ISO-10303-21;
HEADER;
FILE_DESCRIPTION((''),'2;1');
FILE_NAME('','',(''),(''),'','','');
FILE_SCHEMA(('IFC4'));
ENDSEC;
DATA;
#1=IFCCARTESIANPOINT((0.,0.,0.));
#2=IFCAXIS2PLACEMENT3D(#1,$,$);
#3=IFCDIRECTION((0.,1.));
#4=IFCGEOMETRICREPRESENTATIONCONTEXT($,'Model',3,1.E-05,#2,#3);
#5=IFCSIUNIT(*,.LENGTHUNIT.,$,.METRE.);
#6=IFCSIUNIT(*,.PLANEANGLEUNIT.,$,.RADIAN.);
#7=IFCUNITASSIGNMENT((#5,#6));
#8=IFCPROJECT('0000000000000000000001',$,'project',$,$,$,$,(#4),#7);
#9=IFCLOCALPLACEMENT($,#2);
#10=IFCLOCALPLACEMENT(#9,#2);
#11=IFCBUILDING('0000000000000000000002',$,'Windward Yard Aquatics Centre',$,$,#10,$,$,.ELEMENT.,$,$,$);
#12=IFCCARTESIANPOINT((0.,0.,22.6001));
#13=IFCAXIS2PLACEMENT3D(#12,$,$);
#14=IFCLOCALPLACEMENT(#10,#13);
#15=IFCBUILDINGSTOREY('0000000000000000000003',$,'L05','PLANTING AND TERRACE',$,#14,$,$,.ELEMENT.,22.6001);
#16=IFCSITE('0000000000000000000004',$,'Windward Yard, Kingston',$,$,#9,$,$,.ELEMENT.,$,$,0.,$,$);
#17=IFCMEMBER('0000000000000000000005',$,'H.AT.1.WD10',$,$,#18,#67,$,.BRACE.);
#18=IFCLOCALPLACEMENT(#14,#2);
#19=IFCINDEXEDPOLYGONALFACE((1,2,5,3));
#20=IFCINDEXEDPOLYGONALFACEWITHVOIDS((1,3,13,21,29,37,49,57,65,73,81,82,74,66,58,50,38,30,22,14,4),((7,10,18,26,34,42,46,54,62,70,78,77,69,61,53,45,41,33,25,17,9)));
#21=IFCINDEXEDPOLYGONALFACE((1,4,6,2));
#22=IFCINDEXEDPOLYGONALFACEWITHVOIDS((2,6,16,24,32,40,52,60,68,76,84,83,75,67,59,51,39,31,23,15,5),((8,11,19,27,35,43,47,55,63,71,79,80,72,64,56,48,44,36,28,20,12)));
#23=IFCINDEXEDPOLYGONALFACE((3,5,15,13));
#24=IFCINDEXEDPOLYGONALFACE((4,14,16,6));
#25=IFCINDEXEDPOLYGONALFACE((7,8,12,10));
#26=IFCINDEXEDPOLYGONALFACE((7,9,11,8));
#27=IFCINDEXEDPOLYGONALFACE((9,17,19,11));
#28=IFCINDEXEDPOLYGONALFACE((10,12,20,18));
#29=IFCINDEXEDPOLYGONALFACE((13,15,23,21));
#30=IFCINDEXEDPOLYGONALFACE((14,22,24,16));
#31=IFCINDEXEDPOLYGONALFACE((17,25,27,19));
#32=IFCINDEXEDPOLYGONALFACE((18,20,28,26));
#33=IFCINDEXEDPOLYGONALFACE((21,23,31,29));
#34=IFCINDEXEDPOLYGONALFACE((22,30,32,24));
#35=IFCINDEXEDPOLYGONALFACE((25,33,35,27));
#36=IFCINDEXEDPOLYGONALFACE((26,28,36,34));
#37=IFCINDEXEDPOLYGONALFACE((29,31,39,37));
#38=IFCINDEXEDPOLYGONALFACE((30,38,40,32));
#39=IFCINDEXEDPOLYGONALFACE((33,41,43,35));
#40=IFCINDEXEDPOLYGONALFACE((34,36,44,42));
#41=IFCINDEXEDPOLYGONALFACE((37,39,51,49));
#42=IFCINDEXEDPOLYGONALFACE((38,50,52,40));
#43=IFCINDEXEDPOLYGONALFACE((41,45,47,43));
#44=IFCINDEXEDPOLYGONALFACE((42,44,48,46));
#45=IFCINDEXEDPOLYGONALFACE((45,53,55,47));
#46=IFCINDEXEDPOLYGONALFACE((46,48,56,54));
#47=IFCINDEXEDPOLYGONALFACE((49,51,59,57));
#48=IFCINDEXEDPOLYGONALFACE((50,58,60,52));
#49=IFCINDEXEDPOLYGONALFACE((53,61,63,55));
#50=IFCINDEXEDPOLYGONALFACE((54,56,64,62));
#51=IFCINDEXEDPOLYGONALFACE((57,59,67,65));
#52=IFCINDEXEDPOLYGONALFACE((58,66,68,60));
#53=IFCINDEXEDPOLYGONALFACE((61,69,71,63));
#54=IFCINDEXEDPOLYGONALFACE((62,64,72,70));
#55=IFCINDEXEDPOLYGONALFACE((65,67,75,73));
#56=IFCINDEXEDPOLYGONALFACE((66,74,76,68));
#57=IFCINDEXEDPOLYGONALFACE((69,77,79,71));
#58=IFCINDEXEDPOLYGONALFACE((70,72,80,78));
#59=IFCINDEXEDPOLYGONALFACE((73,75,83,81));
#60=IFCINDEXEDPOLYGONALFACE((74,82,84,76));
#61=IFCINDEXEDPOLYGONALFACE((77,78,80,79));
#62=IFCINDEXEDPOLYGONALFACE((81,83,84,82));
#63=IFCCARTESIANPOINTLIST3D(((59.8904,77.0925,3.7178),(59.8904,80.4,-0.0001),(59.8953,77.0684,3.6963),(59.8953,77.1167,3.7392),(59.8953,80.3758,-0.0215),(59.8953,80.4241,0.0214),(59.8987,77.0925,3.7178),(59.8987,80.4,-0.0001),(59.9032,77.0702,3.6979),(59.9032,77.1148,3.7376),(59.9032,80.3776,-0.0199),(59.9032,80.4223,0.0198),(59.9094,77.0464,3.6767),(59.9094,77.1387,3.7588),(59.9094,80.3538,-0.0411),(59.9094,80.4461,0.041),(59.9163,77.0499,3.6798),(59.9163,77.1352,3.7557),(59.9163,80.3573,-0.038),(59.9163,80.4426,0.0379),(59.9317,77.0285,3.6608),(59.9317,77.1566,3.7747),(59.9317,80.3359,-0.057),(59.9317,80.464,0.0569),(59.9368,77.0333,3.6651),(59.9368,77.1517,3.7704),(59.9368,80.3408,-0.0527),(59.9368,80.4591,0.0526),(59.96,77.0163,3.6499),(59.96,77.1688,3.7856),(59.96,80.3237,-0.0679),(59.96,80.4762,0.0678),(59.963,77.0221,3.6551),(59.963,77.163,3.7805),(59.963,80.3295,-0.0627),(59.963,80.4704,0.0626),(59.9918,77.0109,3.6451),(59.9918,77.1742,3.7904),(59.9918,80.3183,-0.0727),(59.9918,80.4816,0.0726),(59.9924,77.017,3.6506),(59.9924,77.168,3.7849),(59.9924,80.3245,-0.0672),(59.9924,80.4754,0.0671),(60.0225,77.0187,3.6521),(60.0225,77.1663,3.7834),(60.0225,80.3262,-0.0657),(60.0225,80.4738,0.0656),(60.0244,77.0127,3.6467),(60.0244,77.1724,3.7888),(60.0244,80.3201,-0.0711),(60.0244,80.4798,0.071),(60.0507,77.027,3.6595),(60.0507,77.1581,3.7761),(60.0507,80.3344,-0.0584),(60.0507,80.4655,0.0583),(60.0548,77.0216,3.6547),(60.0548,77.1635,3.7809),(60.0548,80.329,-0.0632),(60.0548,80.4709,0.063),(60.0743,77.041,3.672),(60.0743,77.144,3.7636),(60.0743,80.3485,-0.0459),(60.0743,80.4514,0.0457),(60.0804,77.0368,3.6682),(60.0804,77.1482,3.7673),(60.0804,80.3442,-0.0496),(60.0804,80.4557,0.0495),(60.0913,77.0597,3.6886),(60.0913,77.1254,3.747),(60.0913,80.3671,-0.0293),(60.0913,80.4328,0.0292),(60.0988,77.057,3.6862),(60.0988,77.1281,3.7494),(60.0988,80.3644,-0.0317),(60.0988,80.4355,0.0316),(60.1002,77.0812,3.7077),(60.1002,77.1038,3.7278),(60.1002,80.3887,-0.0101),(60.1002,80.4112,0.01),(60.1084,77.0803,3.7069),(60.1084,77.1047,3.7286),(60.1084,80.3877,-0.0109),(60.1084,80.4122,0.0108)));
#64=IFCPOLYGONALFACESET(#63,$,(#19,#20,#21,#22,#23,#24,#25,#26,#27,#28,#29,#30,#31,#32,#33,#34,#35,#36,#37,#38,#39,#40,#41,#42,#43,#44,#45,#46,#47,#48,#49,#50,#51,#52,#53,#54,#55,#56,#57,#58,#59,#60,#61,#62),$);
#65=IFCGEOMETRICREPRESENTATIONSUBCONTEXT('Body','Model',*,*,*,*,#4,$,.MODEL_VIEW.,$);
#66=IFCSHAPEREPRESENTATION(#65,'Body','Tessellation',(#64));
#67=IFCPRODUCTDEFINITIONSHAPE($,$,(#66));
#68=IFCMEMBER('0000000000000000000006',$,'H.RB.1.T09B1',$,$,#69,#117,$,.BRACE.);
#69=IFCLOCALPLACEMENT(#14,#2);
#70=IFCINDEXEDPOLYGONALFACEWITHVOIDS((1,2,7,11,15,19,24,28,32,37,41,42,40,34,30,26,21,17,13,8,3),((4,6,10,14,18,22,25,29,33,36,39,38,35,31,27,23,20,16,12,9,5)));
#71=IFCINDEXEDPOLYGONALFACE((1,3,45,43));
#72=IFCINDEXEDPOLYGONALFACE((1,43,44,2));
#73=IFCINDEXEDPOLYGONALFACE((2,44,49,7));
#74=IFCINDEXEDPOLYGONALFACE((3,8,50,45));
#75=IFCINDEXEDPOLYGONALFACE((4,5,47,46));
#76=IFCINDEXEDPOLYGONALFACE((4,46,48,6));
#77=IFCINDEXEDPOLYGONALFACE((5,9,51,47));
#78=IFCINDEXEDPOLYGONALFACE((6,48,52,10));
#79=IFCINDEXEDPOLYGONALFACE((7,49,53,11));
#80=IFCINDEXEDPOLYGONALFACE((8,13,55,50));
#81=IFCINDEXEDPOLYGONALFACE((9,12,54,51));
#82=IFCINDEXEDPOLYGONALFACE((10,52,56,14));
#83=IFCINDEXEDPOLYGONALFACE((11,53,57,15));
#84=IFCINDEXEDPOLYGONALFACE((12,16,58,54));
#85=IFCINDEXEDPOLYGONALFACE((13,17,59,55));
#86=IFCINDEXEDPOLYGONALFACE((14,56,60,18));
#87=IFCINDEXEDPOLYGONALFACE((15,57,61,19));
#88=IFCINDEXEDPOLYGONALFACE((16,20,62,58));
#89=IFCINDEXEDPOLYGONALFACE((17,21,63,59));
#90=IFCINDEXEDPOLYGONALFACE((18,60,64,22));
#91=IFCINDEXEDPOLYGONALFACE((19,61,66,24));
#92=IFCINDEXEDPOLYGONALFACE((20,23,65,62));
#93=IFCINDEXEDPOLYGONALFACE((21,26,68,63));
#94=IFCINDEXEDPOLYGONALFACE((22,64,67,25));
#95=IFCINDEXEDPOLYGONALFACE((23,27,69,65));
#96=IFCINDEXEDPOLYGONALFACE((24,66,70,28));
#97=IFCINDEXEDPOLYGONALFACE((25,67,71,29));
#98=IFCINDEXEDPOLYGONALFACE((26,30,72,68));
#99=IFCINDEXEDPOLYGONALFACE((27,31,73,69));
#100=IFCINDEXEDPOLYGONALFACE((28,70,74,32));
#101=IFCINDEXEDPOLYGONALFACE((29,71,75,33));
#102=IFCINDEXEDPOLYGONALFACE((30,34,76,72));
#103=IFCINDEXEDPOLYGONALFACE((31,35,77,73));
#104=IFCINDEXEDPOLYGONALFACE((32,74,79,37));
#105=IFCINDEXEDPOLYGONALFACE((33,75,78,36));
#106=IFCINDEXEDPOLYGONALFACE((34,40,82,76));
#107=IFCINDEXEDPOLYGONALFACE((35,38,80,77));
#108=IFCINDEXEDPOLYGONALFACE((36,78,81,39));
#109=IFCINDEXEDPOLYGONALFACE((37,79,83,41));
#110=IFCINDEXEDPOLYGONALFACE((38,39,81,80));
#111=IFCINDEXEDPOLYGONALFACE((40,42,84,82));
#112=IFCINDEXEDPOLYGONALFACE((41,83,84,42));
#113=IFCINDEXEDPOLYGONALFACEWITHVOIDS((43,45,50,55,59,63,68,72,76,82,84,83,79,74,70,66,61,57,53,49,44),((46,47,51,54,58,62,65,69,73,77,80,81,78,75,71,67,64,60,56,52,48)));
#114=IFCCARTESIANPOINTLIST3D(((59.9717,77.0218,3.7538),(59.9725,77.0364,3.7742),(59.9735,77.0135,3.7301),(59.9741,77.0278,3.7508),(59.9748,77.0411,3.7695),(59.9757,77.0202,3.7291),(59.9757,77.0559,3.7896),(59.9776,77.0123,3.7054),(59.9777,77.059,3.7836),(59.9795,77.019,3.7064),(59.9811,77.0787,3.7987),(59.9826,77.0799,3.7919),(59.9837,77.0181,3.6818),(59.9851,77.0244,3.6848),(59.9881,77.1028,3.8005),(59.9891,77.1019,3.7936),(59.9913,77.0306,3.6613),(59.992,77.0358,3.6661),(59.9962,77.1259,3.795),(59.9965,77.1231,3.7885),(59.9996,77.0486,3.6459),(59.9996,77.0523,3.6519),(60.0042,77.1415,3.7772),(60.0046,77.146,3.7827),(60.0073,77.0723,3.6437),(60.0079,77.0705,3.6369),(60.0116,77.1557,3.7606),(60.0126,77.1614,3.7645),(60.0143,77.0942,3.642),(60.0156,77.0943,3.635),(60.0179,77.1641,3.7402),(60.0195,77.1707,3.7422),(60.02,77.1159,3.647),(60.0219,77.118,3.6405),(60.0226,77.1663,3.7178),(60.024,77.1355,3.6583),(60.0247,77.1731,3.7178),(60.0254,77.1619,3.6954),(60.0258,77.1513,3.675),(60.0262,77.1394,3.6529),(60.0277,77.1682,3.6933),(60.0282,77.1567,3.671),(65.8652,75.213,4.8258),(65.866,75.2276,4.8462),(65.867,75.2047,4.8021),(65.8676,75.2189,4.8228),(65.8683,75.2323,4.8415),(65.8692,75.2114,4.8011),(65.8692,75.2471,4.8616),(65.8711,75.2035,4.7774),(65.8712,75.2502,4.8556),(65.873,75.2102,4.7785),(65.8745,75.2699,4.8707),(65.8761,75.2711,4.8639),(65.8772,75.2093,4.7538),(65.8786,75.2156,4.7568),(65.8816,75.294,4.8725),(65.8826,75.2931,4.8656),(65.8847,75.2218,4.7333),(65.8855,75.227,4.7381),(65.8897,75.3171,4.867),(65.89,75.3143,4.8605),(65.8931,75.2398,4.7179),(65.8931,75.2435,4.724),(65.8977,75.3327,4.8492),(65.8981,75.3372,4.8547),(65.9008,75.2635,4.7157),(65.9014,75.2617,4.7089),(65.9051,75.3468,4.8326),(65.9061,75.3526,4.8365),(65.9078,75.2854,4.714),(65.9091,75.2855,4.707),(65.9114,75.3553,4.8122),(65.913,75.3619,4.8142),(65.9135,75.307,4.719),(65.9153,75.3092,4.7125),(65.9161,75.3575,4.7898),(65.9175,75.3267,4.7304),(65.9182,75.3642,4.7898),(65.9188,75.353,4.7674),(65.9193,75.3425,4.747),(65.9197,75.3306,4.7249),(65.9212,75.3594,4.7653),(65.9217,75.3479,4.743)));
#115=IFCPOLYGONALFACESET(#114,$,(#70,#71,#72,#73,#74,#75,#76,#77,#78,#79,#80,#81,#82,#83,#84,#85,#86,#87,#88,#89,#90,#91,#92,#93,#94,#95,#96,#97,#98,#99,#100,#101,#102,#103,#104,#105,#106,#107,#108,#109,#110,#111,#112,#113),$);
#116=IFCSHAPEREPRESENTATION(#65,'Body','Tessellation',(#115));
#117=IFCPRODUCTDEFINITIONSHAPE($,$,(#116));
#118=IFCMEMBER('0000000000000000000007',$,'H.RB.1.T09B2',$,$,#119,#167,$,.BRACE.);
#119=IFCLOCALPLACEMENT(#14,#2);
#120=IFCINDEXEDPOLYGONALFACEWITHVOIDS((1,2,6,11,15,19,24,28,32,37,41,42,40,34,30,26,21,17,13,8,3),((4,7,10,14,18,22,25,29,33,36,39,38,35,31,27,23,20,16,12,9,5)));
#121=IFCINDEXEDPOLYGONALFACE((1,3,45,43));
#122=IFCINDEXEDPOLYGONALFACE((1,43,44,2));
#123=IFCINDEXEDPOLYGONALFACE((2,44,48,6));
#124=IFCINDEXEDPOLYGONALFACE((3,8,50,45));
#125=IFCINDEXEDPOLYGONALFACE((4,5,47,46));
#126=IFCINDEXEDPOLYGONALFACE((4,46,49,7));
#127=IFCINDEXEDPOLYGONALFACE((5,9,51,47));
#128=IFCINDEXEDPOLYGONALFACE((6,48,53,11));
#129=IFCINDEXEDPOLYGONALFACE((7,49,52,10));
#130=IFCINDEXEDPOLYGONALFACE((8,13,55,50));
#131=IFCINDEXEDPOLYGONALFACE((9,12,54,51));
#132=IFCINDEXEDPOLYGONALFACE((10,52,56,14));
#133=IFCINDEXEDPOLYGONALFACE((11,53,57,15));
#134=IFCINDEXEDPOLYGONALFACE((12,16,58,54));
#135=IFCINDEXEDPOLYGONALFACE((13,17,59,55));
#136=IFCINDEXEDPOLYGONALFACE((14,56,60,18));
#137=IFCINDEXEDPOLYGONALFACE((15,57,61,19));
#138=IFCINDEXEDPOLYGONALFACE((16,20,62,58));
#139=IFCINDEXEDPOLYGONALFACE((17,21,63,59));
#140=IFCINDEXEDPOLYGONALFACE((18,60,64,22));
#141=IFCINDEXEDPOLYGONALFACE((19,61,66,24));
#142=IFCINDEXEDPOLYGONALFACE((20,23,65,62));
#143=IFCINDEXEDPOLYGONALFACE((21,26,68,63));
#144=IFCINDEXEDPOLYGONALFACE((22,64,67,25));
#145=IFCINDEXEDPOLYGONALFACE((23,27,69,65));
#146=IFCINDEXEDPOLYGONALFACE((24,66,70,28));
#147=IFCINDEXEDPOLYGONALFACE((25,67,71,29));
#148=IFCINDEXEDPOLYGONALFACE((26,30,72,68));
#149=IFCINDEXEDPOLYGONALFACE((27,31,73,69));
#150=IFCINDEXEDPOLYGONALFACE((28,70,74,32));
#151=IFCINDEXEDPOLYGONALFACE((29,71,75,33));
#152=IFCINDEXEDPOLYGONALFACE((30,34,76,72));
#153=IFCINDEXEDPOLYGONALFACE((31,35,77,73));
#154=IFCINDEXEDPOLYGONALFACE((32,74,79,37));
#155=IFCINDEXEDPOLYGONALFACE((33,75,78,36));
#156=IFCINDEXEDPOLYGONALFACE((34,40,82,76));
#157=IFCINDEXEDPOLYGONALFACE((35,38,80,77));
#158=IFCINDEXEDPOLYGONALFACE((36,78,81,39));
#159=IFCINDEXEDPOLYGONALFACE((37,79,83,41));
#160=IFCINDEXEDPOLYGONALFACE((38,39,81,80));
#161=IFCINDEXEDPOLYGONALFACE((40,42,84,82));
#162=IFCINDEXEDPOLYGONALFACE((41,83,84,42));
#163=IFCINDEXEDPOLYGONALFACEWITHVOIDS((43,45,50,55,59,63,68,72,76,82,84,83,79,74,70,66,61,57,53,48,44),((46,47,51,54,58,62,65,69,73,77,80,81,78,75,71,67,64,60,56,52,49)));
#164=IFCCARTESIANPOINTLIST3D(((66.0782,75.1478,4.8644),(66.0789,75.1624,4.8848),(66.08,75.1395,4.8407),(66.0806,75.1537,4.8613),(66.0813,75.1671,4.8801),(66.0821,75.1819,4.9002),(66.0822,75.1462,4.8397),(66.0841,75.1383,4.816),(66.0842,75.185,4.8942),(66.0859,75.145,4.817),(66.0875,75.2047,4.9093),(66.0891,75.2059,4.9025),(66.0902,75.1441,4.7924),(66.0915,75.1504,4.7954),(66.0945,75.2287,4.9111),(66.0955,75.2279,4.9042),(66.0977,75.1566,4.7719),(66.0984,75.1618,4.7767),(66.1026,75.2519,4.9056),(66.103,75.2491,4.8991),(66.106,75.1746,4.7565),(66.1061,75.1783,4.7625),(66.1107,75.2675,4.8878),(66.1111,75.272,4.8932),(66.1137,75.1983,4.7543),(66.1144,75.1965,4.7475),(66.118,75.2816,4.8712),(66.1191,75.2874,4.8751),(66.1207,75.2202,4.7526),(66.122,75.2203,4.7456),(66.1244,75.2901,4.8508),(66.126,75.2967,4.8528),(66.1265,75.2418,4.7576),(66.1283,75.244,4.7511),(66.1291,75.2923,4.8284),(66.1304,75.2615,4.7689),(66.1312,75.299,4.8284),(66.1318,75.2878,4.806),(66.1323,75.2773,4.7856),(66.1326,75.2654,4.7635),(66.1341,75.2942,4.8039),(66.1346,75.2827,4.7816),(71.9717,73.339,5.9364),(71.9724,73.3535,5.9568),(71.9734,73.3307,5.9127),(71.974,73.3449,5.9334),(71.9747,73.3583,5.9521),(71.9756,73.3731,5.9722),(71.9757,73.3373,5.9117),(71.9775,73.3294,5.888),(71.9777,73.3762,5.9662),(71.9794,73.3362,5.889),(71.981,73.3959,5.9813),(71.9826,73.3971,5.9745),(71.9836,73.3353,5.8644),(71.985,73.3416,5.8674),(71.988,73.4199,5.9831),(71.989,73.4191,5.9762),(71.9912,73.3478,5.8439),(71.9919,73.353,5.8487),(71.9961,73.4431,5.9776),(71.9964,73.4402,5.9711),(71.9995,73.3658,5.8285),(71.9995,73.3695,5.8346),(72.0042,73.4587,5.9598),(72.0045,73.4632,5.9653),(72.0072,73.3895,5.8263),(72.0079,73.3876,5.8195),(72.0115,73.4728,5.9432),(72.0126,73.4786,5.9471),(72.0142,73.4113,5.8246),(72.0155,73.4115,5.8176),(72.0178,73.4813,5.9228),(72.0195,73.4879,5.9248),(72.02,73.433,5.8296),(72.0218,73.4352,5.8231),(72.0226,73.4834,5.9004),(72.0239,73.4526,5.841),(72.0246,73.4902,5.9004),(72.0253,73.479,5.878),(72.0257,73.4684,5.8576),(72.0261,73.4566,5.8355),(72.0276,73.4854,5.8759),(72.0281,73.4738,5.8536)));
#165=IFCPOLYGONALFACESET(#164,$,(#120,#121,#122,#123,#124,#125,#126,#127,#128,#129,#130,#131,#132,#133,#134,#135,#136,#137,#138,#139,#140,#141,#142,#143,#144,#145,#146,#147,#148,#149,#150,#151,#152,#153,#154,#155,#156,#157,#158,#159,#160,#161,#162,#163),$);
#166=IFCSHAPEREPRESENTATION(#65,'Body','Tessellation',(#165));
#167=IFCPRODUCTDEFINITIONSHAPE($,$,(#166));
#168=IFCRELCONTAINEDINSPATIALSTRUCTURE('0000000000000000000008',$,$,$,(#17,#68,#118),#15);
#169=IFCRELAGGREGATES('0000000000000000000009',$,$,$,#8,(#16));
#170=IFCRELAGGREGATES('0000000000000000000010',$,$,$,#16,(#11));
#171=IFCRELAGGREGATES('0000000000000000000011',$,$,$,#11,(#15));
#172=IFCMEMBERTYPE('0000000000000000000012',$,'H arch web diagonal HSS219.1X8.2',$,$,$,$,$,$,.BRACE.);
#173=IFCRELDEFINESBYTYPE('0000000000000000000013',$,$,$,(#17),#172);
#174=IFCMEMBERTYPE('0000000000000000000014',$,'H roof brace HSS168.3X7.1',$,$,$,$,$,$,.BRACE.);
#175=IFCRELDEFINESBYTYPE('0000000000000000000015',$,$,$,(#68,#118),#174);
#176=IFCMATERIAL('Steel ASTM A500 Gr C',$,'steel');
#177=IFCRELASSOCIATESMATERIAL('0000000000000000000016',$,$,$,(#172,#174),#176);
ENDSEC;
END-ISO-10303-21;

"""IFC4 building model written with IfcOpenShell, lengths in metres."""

from ifc_helpers import new_model, si_unit, direction, frame, origin, origin_2d, place, context, subcontext, project, spatial, hollow_circle, extrude, material, material_profile, profile_set, type_object, element, save


model = new_model("IFC4")

# Units and contexts
model_context = context("Model", 3, precision=1e-05, world=origin(), true_north=direction((0.0, 1.0)))
body_context = subcontext(model_context, "Body", "Model", "MODEL_VIEW")
ifc_project = project(units=[si_unit("LENGTHUNIT", "METRE"), si_unit("PLANEANGLEUNIT", "RADIAN")], contexts=[model_context])

# Site, building, storey
site_placement = place(None, origin())
site = spatial("IfcSite", under=ifc_project, at=site_placement, Name="Windward Yard, Kingston", CompositionType="ELEMENT", RefElevation=0.0)
building_placement = place(site_placement, origin())
building = spatial("IfcBuilding", under=site, at=building_placement, Name="Windward Yard Aquatics Centre", CompositionType="ELEMENT")
storey_placement = place(building_placement, frame((0.0, 0.0, 22.6001)))
storey = spatial("IfcBuildingStorey", under=building, at=storey_placement, Name="L05", Description="PLANTING AND TERRACE", CompositionType="ELEMENT", Elevation=22.6001)

# Members
ifc_material_1 = material(Name="Steel ASTM A500 Gr C", Category="steel")
ifc_material_profile_1 = material_profile(ifc_material_1, hollow_circle(Radius=0.1096, WallThickness=0.0083, at=origin_2d()), Name="HSS219.1X8.2")
ifc_profile_set_1 = profile_set([ifc_material_profile_1], Name="Steel ASTM A500 Gr C")
member_type_1 = type_object("IfcMemberType", Name="H arch web diagonal HSS219.1X8.2", PredefinedType="BRACE", material=ifc_profile_set_1)
member_1_placement = place(storey_placement, frame((60.0, 77.0925, 3.7178), z_axis=(0.0, 0.664665, -0.747141), x_axis=(-1.0, 0.0, 0.0)))
element("IfcMember", 1, at=member_1_placement, inside=storey, type_object=member_type_1, Name="H.AT.1.WD10", PredefinedType="BRACE", context=body_context, shape_type="SweptSolid", body=[
    extrude(hollow_circle(Radius=0.1096, WallThickness=0.0083, at=origin_2d()), origin(), (0.0, 0.0, 1.0), 4.9761),
])
ifc_material_profile_2 = material_profile(ifc_material_1, hollow_circle(Radius=0.0842, WallThickness=0.0071, at=origin_2d()), Name="HSS168.3X7.1")
ifc_profile_set_2 = profile_set([ifc_material_profile_2], Name="Steel ASTM A500 Gr C")
member_type_2 = type_object("IfcMemberType", Name="H roof brace HSS168.3X7.1", PredefinedType="BRACE", material=ifc_profile_set_2)
for number, where, z_axis, x_axis, name in (
    (2, (60.0, 77.0925, 3.7178), (0.941853, -0.289072, 0.17132), (0.29341, 0.955987, 0.0), "H.RB.1.T09B1"),
    (3, (66.1064, 75.2185, 4.8284), (0.941853, -0.289072, 0.17132), (0.29341, 0.955987, 0.0), "H.RB.1.T09B2"),
):
    element("IfcMember", number, at=place(storey_placement, frame(where, z_axis=z_axis, x_axis=x_axis)), inside=storey, type_object=member_type_2, Name=name, PredefinedType="BRACE", context=body_context, shape_type="SweptSolid", body=[
        extrude(hollow_circle(Radius=0.0842, WallThickness=0.0071, at=origin_2d()), origin(), (0.0, 0.0, 1.0), 6.2573),
    ])

save(model, "model.ifc")
